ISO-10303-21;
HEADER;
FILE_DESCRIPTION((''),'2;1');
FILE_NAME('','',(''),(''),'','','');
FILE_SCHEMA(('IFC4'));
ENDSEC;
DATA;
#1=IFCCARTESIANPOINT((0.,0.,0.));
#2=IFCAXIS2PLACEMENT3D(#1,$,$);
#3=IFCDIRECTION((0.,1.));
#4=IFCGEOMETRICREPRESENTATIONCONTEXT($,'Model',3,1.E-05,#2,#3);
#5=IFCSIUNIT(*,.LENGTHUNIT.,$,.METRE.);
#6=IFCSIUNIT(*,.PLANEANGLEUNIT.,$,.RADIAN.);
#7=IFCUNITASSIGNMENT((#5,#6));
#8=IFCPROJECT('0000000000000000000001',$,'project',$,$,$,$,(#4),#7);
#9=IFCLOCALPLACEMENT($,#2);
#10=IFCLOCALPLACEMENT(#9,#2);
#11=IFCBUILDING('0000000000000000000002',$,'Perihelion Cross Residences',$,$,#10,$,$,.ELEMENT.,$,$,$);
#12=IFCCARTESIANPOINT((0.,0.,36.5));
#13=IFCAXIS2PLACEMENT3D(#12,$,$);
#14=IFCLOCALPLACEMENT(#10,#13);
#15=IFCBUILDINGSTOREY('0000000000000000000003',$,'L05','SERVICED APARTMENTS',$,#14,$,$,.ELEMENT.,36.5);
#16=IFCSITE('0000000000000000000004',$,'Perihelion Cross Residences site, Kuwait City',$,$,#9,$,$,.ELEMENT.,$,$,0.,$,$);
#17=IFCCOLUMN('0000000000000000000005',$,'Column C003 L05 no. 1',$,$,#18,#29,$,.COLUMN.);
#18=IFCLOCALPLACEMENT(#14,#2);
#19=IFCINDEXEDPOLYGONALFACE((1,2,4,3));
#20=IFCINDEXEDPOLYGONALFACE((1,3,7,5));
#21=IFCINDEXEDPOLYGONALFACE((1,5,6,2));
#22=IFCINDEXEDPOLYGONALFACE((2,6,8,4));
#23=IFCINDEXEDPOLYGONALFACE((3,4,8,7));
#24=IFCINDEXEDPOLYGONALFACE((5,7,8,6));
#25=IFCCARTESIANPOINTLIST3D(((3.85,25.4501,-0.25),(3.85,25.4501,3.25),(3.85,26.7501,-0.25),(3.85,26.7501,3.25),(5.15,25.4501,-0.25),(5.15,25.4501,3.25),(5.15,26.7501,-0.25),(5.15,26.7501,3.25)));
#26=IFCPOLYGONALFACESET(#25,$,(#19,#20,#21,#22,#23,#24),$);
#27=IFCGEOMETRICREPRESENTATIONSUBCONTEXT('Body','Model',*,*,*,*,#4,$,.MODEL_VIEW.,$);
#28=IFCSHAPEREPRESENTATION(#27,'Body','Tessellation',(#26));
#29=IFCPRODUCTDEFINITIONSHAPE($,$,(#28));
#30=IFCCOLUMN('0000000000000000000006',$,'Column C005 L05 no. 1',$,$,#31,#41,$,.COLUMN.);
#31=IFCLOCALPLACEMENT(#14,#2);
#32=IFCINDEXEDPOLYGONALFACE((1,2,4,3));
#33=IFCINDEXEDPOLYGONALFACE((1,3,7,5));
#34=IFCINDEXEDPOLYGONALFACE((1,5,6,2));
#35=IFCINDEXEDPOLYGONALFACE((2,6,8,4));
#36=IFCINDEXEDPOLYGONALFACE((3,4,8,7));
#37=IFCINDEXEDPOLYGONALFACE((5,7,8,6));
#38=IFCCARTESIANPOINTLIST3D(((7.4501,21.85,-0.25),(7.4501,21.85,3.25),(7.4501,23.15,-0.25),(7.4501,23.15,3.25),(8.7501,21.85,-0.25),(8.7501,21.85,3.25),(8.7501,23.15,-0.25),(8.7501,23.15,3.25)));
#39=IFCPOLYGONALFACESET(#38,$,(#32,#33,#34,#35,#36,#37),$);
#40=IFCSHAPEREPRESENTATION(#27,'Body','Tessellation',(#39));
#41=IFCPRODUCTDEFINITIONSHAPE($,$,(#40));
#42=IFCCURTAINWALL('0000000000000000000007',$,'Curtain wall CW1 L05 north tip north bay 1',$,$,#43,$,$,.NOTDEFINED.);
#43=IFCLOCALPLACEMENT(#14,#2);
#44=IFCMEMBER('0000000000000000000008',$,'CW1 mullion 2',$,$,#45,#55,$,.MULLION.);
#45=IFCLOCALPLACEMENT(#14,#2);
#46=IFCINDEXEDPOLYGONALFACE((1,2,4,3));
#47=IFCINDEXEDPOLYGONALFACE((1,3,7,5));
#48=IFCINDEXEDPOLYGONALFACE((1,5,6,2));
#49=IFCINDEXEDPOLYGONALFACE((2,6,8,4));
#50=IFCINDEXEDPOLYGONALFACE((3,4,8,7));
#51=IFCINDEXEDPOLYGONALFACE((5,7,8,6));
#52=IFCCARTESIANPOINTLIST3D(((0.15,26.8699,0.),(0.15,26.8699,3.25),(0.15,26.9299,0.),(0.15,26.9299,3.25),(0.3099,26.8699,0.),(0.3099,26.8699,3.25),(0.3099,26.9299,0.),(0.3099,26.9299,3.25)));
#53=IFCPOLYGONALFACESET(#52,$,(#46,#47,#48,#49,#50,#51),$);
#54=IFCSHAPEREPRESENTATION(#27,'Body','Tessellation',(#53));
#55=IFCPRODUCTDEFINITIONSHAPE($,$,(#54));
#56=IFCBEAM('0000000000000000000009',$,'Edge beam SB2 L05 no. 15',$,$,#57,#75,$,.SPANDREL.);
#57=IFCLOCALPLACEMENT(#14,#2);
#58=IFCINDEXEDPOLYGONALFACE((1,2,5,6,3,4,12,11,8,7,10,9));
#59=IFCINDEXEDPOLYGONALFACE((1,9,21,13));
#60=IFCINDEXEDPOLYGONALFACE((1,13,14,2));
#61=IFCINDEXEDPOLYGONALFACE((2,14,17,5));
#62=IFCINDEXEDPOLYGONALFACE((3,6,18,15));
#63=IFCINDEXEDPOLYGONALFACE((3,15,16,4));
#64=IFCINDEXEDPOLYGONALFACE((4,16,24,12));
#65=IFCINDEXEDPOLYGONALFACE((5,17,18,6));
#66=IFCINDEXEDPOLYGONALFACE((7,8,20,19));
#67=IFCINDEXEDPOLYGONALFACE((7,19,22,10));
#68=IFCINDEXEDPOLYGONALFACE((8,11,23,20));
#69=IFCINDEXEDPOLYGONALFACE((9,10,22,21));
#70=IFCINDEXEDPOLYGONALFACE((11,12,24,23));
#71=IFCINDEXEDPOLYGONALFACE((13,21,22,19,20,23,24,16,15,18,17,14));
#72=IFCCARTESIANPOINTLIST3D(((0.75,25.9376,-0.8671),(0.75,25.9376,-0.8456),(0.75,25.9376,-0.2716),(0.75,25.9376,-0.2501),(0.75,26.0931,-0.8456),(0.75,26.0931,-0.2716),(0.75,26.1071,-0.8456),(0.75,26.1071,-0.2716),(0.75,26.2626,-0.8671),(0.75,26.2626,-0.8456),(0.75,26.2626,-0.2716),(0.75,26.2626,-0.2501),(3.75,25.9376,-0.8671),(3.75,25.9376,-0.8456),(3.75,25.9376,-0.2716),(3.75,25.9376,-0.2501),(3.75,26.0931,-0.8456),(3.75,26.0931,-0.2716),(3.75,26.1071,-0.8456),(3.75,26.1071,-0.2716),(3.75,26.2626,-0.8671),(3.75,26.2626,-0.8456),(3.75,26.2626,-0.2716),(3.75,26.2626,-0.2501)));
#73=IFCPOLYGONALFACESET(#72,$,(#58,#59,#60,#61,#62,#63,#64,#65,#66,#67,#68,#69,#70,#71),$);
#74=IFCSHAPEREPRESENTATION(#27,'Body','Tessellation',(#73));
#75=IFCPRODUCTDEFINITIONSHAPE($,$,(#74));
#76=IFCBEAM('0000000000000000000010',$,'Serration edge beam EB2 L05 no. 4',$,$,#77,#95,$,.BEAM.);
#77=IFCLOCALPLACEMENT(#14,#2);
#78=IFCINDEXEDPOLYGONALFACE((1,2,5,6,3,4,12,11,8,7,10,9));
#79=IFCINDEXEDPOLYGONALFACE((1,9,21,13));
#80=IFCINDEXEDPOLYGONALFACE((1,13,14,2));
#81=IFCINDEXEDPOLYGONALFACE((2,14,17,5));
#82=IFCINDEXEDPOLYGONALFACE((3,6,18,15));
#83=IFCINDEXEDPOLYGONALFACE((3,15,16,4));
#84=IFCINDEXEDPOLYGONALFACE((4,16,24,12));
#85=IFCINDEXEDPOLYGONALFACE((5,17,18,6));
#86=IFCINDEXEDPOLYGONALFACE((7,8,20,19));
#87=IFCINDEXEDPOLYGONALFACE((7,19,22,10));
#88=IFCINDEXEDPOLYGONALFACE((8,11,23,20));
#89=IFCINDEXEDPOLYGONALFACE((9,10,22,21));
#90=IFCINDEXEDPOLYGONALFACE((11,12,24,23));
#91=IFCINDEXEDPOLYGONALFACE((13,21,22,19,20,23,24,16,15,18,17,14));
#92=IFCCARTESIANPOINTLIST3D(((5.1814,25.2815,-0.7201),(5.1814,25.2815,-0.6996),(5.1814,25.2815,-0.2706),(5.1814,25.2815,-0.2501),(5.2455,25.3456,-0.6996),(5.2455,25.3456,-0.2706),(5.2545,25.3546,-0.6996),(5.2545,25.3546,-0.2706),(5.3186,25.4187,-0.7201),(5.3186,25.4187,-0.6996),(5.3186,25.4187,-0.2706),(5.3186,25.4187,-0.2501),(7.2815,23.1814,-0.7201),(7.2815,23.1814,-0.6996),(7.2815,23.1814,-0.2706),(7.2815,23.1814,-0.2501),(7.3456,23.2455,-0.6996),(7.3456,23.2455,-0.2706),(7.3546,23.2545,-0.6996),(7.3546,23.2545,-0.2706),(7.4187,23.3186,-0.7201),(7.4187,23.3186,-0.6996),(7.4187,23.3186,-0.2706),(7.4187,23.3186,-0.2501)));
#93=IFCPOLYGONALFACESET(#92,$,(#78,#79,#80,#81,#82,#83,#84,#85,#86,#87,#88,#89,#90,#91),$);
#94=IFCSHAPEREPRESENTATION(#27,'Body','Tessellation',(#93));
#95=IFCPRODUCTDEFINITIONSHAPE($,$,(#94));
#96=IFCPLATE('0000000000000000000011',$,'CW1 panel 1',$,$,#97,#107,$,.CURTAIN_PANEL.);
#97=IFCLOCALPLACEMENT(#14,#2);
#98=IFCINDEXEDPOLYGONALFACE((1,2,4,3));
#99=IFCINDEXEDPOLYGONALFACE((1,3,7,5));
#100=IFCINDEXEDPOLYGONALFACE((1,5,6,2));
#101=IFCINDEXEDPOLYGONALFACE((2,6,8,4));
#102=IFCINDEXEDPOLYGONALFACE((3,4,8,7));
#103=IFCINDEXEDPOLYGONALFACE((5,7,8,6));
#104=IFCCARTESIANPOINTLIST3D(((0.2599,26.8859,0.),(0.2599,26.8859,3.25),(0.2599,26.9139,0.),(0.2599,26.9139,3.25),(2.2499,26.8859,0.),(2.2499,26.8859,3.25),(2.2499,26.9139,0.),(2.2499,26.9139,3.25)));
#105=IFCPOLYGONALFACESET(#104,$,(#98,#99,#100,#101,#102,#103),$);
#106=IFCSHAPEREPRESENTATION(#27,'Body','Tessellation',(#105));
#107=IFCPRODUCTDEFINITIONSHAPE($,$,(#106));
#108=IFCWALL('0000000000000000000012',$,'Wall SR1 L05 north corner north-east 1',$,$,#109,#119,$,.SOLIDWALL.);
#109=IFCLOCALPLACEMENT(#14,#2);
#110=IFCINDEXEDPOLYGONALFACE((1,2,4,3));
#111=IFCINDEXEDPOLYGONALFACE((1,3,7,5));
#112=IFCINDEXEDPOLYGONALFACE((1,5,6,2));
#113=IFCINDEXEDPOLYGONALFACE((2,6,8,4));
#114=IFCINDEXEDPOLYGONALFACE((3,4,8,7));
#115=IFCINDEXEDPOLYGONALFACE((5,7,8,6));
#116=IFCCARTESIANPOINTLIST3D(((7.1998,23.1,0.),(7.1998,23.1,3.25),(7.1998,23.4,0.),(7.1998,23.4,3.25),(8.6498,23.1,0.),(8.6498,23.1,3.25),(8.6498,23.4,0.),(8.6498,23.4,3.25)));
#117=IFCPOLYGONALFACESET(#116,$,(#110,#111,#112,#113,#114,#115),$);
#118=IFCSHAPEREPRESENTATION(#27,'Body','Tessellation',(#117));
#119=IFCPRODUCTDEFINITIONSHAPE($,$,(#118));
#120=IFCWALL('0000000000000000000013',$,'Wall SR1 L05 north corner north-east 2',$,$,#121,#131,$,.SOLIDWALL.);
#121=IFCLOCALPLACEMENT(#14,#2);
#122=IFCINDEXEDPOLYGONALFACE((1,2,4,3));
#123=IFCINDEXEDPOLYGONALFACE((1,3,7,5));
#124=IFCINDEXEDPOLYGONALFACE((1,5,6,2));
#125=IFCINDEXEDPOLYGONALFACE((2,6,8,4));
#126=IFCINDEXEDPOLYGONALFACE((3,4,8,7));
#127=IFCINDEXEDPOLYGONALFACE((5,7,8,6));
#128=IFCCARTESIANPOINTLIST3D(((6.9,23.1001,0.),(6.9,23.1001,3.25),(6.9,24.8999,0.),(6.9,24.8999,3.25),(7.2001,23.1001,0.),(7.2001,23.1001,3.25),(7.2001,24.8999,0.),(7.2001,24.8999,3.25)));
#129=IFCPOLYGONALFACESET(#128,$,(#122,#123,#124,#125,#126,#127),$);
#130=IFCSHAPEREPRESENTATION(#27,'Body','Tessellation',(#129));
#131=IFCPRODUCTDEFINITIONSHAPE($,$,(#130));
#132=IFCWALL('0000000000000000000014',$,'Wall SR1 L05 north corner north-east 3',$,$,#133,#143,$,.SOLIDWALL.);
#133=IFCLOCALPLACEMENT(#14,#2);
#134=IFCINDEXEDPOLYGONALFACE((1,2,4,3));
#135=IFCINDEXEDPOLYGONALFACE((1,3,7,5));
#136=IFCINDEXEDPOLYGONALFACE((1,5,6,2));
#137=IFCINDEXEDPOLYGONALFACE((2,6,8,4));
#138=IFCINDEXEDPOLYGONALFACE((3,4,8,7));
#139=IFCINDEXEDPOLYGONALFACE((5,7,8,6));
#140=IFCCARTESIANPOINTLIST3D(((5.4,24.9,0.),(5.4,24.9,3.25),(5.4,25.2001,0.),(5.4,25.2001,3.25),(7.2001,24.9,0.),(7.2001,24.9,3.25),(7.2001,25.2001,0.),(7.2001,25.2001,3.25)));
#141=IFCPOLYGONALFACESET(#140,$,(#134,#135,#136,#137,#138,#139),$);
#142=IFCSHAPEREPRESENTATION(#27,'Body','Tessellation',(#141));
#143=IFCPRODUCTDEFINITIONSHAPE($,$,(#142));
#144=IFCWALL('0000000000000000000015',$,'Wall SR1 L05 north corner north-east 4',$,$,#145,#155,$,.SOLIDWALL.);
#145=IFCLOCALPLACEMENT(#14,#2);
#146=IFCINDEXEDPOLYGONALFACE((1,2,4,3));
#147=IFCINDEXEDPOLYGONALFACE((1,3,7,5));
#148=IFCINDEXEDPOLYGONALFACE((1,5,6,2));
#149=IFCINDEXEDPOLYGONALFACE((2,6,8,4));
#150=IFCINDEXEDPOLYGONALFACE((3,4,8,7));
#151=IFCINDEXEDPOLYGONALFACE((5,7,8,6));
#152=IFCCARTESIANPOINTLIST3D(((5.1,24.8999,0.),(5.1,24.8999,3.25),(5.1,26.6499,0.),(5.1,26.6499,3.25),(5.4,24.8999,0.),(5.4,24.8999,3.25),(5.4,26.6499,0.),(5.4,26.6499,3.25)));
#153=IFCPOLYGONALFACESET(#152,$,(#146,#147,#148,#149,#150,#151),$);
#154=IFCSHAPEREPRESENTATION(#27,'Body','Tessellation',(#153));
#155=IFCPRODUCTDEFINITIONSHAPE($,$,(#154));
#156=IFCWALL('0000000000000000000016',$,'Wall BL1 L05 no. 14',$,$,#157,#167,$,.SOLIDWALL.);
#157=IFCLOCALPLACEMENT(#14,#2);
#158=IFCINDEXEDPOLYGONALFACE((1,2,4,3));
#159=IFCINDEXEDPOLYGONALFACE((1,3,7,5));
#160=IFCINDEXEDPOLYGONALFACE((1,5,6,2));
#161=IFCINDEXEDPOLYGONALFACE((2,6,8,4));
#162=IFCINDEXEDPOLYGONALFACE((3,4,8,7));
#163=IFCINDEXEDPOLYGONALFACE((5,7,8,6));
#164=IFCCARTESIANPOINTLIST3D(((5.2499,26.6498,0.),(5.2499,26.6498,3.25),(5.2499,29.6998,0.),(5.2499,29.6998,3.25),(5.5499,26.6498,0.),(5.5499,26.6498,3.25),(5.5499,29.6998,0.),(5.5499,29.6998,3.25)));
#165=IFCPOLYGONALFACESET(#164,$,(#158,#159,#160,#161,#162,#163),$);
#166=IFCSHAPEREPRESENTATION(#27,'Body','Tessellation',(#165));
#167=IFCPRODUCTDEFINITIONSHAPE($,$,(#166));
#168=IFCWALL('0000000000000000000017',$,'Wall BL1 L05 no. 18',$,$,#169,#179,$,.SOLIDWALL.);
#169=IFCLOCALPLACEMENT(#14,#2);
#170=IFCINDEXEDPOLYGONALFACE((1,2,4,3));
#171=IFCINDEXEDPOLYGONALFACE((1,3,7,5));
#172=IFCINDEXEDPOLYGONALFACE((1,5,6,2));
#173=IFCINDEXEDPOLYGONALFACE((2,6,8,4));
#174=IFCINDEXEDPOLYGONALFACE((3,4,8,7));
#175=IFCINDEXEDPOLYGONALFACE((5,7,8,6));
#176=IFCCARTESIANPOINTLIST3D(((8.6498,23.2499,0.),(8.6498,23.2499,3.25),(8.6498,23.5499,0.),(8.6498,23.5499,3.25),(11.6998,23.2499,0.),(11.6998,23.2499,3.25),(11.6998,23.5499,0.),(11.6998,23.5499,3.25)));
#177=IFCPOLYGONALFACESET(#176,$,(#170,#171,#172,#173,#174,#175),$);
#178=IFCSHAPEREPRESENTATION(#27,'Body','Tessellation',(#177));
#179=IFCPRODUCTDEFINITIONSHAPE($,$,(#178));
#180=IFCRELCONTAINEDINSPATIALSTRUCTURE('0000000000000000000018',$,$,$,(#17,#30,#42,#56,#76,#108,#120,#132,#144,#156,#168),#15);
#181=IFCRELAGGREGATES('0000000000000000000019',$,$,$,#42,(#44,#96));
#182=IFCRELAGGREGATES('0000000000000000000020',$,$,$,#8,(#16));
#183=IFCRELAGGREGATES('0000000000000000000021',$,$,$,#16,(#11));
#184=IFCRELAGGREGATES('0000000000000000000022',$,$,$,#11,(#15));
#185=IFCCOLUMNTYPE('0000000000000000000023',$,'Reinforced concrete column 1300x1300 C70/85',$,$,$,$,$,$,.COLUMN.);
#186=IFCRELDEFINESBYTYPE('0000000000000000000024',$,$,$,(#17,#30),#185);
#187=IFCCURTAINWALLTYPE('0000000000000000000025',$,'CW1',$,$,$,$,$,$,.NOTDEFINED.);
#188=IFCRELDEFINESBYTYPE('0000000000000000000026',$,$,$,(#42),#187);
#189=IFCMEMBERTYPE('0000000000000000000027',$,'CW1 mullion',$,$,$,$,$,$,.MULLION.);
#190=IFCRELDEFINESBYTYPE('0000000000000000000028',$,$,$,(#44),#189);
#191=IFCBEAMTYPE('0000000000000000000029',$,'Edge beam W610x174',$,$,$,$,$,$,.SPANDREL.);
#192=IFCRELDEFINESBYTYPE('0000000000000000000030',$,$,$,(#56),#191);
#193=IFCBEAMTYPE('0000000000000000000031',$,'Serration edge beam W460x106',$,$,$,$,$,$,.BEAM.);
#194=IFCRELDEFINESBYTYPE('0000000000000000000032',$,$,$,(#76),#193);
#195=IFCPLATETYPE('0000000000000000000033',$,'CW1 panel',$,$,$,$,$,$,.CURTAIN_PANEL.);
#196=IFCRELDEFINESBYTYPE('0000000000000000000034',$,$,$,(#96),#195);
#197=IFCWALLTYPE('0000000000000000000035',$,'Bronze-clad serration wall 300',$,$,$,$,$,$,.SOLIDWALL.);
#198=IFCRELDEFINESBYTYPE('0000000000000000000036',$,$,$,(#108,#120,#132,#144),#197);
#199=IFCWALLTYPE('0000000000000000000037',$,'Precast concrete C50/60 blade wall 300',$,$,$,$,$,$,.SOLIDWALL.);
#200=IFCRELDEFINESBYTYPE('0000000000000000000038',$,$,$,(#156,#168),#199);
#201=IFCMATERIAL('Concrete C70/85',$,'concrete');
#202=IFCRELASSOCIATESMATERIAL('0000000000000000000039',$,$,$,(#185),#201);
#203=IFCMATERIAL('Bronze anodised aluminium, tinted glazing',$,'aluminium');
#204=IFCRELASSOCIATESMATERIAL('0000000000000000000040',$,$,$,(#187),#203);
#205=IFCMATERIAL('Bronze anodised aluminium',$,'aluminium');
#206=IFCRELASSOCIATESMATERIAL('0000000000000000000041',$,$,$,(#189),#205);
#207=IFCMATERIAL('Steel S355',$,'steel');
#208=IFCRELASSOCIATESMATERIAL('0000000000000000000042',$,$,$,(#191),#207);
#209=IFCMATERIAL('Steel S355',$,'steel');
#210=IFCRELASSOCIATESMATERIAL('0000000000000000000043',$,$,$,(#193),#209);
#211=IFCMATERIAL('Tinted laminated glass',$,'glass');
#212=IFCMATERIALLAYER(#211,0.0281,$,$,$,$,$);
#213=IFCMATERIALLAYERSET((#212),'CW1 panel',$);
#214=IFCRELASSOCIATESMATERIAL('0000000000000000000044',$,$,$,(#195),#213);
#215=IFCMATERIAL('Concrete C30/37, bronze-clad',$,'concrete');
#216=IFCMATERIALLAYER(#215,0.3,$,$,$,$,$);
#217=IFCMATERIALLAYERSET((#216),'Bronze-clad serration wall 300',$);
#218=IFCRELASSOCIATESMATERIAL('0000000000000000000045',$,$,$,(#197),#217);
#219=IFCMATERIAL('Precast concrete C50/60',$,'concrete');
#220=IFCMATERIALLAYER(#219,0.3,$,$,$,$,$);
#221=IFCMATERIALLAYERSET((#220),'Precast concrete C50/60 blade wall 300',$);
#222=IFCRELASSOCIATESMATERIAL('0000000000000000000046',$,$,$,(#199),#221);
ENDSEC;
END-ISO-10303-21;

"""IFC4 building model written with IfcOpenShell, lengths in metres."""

from ifc_helpers import new_model, si_unit, direction, frame, frame_2d, origin, origin_2d, place, context, subcontext, project, spatial, rectangle, i_section, extrude, material, layer, layer_set, material_profile, profile_set, type_object, element, aggregate, save


model = new_model("IFC4")

# Units and contexts
model_context = context("Model", 3, precision=1e-05, world=origin(), true_north=direction((0.0, 1.0)))
body_context = subcontext(model_context, "Body", "Model", "MODEL_VIEW")
ifc_project = project(units=[si_unit("LENGTHUNIT", "METRE"), si_unit("PLANEANGLEUNIT", "RADIAN")], contexts=[model_context])

# Site, building, storey
site_placement = place(None, origin())
site = spatial("IfcSite", under=ifc_project, at=site_placement, Name="Perihelion Cross Residences site, Kuwait City", CompositionType="ELEMENT", RefElevation=0.0)
building_placement = place(site_placement, origin())
building = spatial("IfcBuilding", under=site, at=building_placement, Name="Perihelion Cross Residences", CompositionType="ELEMENT")
storey_placement = place(building_placement, frame((0.0, 0.0, 36.5)))
storey = spatial("IfcBuildingStorey", under=building, at=storey_placement, Name="L05", Description="SERVICED APARTMENTS", CompositionType="ELEMENT", Elevation=36.5)

# Columns
ifc_material_1 = material(Name="Concrete C70/85", Category="concrete")
ifc_material_profile_1 = material_profile(ifc_material_1, rectangle(XDim=1.3, YDim=1.3, at=origin_2d()), Name="RC 1300x1300")
ifc_profile_set_1 = profile_set([ifc_material_profile_1], Name="Concrete C70/85")
column_type = type_object("IfcColumnType", Name="Reinforced concrete column 1300x1300 C70/85", PredefinedType="COLUMN", material=ifc_profile_set_1)
for number, where, z_axis, x_axis, name in (
    (1, (4.5, 26.1001, -0.25), (0.0, 0.0, 1.0), (1.0, 0.0, 0.0), "Column C003 L05 no. 1"),
    (2, (8.1001, 22.5, -0.25), (0.0, 0.0, 1.0), (1.0, 0.0, 0.0), "Column C005 L05 no. 1"),
):
    element("IfcColumn", number, at=place(storey_placement, frame(where, z_axis=z_axis, x_axis=x_axis)), inside=storey, type_object=column_type, Name=name, PredefinedType="COLUMN", context=body_context, shape_type="SweptSolid", body=[
        extrude(rectangle(XDim=1.3, YDim=1.3, at=origin_2d()), origin(), (0.0, 0.0, 1.0), 3.5),
    ])

# Curtain wall, member
ifc_material_2 = material(Name="Bronze anodised aluminium, tinted glazing", Category="aluminium")
curtain_wall_type = type_object("IfcCurtainWallType", Name="CW1", PredefinedType="NOTDEFINED", material=ifc_material_2)
curtain_wall_placement = place(storey_placement, origin())
curtain_wall = element("IfcCurtainWall", 3, at=curtain_wall_placement, inside=storey, type_object=curtain_wall_type, Name="Curtain wall CW1 L05 north tip north bay 1", PredefinedType="NOTDEFINED")
ifc_material_3 = material(Name="Bronze anodised aluminium", Category="aluminium")
ifc_material_profile_2 = material_profile(ifc_material_3, rectangle(XDim=0.0601, YDim=0.1599, at=origin_2d()), Name="CW1 mullion")
ifc_profile_set_2 = profile_set([ifc_material_profile_2], Name="Bronze anodised aluminium")
member_type = type_object("IfcMemberType", Name="CW1 mullion", PredefinedType="MULLION", material=ifc_profile_set_2)
member_placement = place(storey_placement, frame((0.23, 26.8999, 0.0), z_axis=(0.0, 0.0, 1.0), x_axis=(0.0, -1.0, 0.0)))
member = element("IfcMember", 4, at=member_placement, type_object=member_type, Name="CW1 mullion 2", PredefinedType="MULLION", context=body_context, shape_type="SweptSolid", body=[
    extrude(rectangle(XDim=0.0601, YDim=0.1599, at=origin_2d()), origin(), (0.0, 0.0, 1.0), 3.25),
])

# Beams
ifc_material_4 = material(Name="Steel S355", Category="steel")
ifc_material_profile_3 = material_profile(ifc_material_4, i_section(OverallWidth=0.325, OverallDepth=0.6169, WebThickness=0.0139, FlangeThickness=0.0215, at=origin_2d()), Name="W610x174")
ifc_profile_set_3 = profile_set([ifc_material_profile_3], Name="Steel S355")
beam_type_1 = type_object("IfcBeamType", Name="Edge beam W610x174", PredefinedType="SPANDREL", material=ifc_profile_set_3)
beam_1_placement = place(storey_placement, frame((3.75, 26.1001, -0.5586), z_axis=(-1.0, 0.0, 0.0), x_axis=(0.0, -1.0, 0.0)))
element("IfcBeam", 5, at=beam_1_placement, inside=storey, type_object=beam_type_1, Name="Edge beam SB2 L05 no. 15", PredefinedType="SPANDREL", context=body_context, shape_type="SweptSolid", body=[
    extrude(i_section(OverallWidth=0.325, OverallDepth=0.6169, WebThickness=0.0139, FlangeThickness=0.0215, at=origin_2d()), origin(), (0.0, 0.0, 1.0), 3.0),
])
ifc_material_5 = material(Name="Steel S355", Category="steel")
ifc_material_profile_4 = material_profile(ifc_material_5, i_section(OverallWidth=0.1941, OverallDepth=0.47, WebThickness=0.0127, FlangeThickness=0.0205, at=origin_2d()), Name="W460x106")
ifc_profile_set_4 = profile_set([ifc_material_profile_4], Name="Steel S355")
beam_type_2 = type_object("IfcBeamType", Name="Serration edge beam W460x106", PredefinedType="BEAM", material=ifc_profile_set_4)
beam_2_placement = place(storey_placement, frame((7.3501, 23.25, -0.4851), z_axis=(-0.707107, 0.707107, 0.0), x_axis=(-0.707107, -0.707107, 0.0)))
element("IfcBeam", 6, at=beam_2_placement, inside=storey, type_object=beam_type_2, Name="Serration edge beam EB2 L05 no. 4", PredefinedType="BEAM", context=body_context, shape_type="SweptSolid", body=[
    extrude(i_section(OverallWidth=0.1941, OverallDepth=0.47, WebThickness=0.0127, FlangeThickness=0.0205, at=origin_2d()), origin(), (0.0, 0.0, 1.0), 2.97),
])

# Plate
ifc_material_6 = material(Name="Tinted laminated glass", Category="glass")
ifc_layer_1 = layer(ifc_material_6, 0.0281)
ifc_layer_set_1 = layer_set([ifc_layer_1], Name="CW1 panel")
plate_type = type_object("IfcPlateType", Name="CW1 panel", PredefinedType="CURTAIN_PANEL", material=ifc_layer_set_1)
plate_placement = place(storey_placement, frame((1.2549, 26.8999, 0.0), z_axis=(0.0, 0.0, 1.0), x_axis=(-1.0, 0.0, 0.0)))
plate = element("IfcPlate", 7, at=plate_placement, type_object=plate_type, Name="CW1 panel 1", PredefinedType="CURTAIN_PANEL", context=body_context, shape_type="SweptSolid", body=[
    extrude(rectangle(XDim=1.99, YDim=0.0281, at=origin_2d()), origin(), (0.0, 0.0, 1.0), 3.25),
])
aggregate(curtain_wall, [member, plate])

# Walls
ifc_material_7 = material(Name="Concrete C30/37, bronze-clad", Category="concrete")
ifc_layer_2 = layer(ifc_material_7, 0.3)
ifc_layer_set_2 = layer_set([ifc_layer_2], Name="Bronze-clad serration wall 300")
wall_type_1 = type_object("IfcWallType", Name="Bronze-clad serration wall 300", PredefinedType="SOLIDWALL", material=ifc_layer_set_2)
wall_1_placement = place(storey_placement, frame((8.6499, 23.25, 0.0), z_axis=(0.0, 0.0, 1.0), x_axis=(-1.0, 0.0, 0.0)))
element("IfcWall", 8, at=wall_1_placement, inside=storey, type_object=wall_type_1, Name="Wall SR1 L05 north corner north-east 1", PredefinedType="SOLIDWALL", context=body_context, shape_type="SweptSolid", body=[
    extrude(rectangle(XDim=1.45, YDim=0.3, at=frame_2d((0.7251, 0.0))), origin(), (0.0, 0.0, 1.0), 3.25),
])
wall_2_placement = place(storey_placement, frame((7.05, 23.1001, 0.0), z_axis=(0.0, 0.0, 1.0), x_axis=(0.0, 1.0, 0.0)))
element("IfcWall", 9, at=wall_2_placement, inside=storey, type_object=wall_type_1, Name="Wall SR1 L05 north corner north-east 2", PredefinedType="SOLIDWALL", context=body_context, shape_type="SweptSolid", body=[
    extrude(rectangle(XDim=1.7998, YDim=0.3, at=frame_2d((0.8999, 0.0))), origin(), (0.0, 0.0, 1.0), 3.25),
])
wall_3_placement = place(storey_placement, frame((7.2, 25.05, 0.0), z_axis=(0.0, 0.0, 1.0), x_axis=(-1.0, 0.0, 0.0)))
element("IfcWall", 10, at=wall_3_placement, inside=storey, type_object=wall_type_1, Name="Wall SR1 L05 north corner north-east 3", PredefinedType="SOLIDWALL", context=body_context, shape_type="SweptSolid", body=[
    extrude(rectangle(XDim=1.8, YDim=0.3, at=frame_2d((0.8999, 0.0))), origin(), (0.0, 0.0, 1.0), 3.25),
])
wall_4_placement = place(storey_placement, frame((5.25, 24.8999, 0.0), z_axis=(0.0, 0.0, 1.0), x_axis=(0.0, 1.0, 0.0)))
element("IfcWall", 11, at=wall_4_placement, inside=storey, type_object=wall_type_1, Name="Wall SR1 L05 north corner north-east 4", PredefinedType="SOLIDWALL", context=body_context, shape_type="SweptSolid", body=[
    extrude(rectangle(XDim=1.75, YDim=0.3, at=frame_2d((0.875, 0.0))), origin(), (0.0, 0.0, 1.0), 3.25),
])
ifc_material_8 = material(Name="Precast concrete C50/60", Category="concrete")
ifc_layer_3 = layer(ifc_material_8, 0.3)
ifc_layer_set_3 = layer_set([ifc_layer_3], Name="Precast concrete C50/60 blade wall 300")
wall_type_2 = type_object("IfcWallType", Name="Precast concrete C50/60 blade wall 300", PredefinedType="SOLIDWALL", material=ifc_layer_set_3)
for number, where, z_axis, x_axis, name in (
    (12, (5.3999, 26.6499, 0.0), (0.0, 0.0, 1.0), (0.0, 1.0, 0.0), "Wall BL1 L05 no. 14"),
    (13, (8.6499, 23.3999, 0.0), (0.0, 0.0, 1.0), (1.0, 0.0, 0.0), "Wall BL1 L05 no. 18"),
):
    element("IfcWall", number, at=place(storey_placement, frame(where, z_axis=z_axis, x_axis=x_axis)), inside=storey, type_object=wall_type_2, Name=name, PredefinedType="SOLIDWALL", context=body_context, shape_type="SweptSolid", body=[
        extrude(rectangle(XDim=3.05, YDim=0.3, at=frame_2d((1.5249, 0.0))), origin(), (0.0, 0.0, 1.0), 3.25),
    ])

save(model, "model.ifc")
